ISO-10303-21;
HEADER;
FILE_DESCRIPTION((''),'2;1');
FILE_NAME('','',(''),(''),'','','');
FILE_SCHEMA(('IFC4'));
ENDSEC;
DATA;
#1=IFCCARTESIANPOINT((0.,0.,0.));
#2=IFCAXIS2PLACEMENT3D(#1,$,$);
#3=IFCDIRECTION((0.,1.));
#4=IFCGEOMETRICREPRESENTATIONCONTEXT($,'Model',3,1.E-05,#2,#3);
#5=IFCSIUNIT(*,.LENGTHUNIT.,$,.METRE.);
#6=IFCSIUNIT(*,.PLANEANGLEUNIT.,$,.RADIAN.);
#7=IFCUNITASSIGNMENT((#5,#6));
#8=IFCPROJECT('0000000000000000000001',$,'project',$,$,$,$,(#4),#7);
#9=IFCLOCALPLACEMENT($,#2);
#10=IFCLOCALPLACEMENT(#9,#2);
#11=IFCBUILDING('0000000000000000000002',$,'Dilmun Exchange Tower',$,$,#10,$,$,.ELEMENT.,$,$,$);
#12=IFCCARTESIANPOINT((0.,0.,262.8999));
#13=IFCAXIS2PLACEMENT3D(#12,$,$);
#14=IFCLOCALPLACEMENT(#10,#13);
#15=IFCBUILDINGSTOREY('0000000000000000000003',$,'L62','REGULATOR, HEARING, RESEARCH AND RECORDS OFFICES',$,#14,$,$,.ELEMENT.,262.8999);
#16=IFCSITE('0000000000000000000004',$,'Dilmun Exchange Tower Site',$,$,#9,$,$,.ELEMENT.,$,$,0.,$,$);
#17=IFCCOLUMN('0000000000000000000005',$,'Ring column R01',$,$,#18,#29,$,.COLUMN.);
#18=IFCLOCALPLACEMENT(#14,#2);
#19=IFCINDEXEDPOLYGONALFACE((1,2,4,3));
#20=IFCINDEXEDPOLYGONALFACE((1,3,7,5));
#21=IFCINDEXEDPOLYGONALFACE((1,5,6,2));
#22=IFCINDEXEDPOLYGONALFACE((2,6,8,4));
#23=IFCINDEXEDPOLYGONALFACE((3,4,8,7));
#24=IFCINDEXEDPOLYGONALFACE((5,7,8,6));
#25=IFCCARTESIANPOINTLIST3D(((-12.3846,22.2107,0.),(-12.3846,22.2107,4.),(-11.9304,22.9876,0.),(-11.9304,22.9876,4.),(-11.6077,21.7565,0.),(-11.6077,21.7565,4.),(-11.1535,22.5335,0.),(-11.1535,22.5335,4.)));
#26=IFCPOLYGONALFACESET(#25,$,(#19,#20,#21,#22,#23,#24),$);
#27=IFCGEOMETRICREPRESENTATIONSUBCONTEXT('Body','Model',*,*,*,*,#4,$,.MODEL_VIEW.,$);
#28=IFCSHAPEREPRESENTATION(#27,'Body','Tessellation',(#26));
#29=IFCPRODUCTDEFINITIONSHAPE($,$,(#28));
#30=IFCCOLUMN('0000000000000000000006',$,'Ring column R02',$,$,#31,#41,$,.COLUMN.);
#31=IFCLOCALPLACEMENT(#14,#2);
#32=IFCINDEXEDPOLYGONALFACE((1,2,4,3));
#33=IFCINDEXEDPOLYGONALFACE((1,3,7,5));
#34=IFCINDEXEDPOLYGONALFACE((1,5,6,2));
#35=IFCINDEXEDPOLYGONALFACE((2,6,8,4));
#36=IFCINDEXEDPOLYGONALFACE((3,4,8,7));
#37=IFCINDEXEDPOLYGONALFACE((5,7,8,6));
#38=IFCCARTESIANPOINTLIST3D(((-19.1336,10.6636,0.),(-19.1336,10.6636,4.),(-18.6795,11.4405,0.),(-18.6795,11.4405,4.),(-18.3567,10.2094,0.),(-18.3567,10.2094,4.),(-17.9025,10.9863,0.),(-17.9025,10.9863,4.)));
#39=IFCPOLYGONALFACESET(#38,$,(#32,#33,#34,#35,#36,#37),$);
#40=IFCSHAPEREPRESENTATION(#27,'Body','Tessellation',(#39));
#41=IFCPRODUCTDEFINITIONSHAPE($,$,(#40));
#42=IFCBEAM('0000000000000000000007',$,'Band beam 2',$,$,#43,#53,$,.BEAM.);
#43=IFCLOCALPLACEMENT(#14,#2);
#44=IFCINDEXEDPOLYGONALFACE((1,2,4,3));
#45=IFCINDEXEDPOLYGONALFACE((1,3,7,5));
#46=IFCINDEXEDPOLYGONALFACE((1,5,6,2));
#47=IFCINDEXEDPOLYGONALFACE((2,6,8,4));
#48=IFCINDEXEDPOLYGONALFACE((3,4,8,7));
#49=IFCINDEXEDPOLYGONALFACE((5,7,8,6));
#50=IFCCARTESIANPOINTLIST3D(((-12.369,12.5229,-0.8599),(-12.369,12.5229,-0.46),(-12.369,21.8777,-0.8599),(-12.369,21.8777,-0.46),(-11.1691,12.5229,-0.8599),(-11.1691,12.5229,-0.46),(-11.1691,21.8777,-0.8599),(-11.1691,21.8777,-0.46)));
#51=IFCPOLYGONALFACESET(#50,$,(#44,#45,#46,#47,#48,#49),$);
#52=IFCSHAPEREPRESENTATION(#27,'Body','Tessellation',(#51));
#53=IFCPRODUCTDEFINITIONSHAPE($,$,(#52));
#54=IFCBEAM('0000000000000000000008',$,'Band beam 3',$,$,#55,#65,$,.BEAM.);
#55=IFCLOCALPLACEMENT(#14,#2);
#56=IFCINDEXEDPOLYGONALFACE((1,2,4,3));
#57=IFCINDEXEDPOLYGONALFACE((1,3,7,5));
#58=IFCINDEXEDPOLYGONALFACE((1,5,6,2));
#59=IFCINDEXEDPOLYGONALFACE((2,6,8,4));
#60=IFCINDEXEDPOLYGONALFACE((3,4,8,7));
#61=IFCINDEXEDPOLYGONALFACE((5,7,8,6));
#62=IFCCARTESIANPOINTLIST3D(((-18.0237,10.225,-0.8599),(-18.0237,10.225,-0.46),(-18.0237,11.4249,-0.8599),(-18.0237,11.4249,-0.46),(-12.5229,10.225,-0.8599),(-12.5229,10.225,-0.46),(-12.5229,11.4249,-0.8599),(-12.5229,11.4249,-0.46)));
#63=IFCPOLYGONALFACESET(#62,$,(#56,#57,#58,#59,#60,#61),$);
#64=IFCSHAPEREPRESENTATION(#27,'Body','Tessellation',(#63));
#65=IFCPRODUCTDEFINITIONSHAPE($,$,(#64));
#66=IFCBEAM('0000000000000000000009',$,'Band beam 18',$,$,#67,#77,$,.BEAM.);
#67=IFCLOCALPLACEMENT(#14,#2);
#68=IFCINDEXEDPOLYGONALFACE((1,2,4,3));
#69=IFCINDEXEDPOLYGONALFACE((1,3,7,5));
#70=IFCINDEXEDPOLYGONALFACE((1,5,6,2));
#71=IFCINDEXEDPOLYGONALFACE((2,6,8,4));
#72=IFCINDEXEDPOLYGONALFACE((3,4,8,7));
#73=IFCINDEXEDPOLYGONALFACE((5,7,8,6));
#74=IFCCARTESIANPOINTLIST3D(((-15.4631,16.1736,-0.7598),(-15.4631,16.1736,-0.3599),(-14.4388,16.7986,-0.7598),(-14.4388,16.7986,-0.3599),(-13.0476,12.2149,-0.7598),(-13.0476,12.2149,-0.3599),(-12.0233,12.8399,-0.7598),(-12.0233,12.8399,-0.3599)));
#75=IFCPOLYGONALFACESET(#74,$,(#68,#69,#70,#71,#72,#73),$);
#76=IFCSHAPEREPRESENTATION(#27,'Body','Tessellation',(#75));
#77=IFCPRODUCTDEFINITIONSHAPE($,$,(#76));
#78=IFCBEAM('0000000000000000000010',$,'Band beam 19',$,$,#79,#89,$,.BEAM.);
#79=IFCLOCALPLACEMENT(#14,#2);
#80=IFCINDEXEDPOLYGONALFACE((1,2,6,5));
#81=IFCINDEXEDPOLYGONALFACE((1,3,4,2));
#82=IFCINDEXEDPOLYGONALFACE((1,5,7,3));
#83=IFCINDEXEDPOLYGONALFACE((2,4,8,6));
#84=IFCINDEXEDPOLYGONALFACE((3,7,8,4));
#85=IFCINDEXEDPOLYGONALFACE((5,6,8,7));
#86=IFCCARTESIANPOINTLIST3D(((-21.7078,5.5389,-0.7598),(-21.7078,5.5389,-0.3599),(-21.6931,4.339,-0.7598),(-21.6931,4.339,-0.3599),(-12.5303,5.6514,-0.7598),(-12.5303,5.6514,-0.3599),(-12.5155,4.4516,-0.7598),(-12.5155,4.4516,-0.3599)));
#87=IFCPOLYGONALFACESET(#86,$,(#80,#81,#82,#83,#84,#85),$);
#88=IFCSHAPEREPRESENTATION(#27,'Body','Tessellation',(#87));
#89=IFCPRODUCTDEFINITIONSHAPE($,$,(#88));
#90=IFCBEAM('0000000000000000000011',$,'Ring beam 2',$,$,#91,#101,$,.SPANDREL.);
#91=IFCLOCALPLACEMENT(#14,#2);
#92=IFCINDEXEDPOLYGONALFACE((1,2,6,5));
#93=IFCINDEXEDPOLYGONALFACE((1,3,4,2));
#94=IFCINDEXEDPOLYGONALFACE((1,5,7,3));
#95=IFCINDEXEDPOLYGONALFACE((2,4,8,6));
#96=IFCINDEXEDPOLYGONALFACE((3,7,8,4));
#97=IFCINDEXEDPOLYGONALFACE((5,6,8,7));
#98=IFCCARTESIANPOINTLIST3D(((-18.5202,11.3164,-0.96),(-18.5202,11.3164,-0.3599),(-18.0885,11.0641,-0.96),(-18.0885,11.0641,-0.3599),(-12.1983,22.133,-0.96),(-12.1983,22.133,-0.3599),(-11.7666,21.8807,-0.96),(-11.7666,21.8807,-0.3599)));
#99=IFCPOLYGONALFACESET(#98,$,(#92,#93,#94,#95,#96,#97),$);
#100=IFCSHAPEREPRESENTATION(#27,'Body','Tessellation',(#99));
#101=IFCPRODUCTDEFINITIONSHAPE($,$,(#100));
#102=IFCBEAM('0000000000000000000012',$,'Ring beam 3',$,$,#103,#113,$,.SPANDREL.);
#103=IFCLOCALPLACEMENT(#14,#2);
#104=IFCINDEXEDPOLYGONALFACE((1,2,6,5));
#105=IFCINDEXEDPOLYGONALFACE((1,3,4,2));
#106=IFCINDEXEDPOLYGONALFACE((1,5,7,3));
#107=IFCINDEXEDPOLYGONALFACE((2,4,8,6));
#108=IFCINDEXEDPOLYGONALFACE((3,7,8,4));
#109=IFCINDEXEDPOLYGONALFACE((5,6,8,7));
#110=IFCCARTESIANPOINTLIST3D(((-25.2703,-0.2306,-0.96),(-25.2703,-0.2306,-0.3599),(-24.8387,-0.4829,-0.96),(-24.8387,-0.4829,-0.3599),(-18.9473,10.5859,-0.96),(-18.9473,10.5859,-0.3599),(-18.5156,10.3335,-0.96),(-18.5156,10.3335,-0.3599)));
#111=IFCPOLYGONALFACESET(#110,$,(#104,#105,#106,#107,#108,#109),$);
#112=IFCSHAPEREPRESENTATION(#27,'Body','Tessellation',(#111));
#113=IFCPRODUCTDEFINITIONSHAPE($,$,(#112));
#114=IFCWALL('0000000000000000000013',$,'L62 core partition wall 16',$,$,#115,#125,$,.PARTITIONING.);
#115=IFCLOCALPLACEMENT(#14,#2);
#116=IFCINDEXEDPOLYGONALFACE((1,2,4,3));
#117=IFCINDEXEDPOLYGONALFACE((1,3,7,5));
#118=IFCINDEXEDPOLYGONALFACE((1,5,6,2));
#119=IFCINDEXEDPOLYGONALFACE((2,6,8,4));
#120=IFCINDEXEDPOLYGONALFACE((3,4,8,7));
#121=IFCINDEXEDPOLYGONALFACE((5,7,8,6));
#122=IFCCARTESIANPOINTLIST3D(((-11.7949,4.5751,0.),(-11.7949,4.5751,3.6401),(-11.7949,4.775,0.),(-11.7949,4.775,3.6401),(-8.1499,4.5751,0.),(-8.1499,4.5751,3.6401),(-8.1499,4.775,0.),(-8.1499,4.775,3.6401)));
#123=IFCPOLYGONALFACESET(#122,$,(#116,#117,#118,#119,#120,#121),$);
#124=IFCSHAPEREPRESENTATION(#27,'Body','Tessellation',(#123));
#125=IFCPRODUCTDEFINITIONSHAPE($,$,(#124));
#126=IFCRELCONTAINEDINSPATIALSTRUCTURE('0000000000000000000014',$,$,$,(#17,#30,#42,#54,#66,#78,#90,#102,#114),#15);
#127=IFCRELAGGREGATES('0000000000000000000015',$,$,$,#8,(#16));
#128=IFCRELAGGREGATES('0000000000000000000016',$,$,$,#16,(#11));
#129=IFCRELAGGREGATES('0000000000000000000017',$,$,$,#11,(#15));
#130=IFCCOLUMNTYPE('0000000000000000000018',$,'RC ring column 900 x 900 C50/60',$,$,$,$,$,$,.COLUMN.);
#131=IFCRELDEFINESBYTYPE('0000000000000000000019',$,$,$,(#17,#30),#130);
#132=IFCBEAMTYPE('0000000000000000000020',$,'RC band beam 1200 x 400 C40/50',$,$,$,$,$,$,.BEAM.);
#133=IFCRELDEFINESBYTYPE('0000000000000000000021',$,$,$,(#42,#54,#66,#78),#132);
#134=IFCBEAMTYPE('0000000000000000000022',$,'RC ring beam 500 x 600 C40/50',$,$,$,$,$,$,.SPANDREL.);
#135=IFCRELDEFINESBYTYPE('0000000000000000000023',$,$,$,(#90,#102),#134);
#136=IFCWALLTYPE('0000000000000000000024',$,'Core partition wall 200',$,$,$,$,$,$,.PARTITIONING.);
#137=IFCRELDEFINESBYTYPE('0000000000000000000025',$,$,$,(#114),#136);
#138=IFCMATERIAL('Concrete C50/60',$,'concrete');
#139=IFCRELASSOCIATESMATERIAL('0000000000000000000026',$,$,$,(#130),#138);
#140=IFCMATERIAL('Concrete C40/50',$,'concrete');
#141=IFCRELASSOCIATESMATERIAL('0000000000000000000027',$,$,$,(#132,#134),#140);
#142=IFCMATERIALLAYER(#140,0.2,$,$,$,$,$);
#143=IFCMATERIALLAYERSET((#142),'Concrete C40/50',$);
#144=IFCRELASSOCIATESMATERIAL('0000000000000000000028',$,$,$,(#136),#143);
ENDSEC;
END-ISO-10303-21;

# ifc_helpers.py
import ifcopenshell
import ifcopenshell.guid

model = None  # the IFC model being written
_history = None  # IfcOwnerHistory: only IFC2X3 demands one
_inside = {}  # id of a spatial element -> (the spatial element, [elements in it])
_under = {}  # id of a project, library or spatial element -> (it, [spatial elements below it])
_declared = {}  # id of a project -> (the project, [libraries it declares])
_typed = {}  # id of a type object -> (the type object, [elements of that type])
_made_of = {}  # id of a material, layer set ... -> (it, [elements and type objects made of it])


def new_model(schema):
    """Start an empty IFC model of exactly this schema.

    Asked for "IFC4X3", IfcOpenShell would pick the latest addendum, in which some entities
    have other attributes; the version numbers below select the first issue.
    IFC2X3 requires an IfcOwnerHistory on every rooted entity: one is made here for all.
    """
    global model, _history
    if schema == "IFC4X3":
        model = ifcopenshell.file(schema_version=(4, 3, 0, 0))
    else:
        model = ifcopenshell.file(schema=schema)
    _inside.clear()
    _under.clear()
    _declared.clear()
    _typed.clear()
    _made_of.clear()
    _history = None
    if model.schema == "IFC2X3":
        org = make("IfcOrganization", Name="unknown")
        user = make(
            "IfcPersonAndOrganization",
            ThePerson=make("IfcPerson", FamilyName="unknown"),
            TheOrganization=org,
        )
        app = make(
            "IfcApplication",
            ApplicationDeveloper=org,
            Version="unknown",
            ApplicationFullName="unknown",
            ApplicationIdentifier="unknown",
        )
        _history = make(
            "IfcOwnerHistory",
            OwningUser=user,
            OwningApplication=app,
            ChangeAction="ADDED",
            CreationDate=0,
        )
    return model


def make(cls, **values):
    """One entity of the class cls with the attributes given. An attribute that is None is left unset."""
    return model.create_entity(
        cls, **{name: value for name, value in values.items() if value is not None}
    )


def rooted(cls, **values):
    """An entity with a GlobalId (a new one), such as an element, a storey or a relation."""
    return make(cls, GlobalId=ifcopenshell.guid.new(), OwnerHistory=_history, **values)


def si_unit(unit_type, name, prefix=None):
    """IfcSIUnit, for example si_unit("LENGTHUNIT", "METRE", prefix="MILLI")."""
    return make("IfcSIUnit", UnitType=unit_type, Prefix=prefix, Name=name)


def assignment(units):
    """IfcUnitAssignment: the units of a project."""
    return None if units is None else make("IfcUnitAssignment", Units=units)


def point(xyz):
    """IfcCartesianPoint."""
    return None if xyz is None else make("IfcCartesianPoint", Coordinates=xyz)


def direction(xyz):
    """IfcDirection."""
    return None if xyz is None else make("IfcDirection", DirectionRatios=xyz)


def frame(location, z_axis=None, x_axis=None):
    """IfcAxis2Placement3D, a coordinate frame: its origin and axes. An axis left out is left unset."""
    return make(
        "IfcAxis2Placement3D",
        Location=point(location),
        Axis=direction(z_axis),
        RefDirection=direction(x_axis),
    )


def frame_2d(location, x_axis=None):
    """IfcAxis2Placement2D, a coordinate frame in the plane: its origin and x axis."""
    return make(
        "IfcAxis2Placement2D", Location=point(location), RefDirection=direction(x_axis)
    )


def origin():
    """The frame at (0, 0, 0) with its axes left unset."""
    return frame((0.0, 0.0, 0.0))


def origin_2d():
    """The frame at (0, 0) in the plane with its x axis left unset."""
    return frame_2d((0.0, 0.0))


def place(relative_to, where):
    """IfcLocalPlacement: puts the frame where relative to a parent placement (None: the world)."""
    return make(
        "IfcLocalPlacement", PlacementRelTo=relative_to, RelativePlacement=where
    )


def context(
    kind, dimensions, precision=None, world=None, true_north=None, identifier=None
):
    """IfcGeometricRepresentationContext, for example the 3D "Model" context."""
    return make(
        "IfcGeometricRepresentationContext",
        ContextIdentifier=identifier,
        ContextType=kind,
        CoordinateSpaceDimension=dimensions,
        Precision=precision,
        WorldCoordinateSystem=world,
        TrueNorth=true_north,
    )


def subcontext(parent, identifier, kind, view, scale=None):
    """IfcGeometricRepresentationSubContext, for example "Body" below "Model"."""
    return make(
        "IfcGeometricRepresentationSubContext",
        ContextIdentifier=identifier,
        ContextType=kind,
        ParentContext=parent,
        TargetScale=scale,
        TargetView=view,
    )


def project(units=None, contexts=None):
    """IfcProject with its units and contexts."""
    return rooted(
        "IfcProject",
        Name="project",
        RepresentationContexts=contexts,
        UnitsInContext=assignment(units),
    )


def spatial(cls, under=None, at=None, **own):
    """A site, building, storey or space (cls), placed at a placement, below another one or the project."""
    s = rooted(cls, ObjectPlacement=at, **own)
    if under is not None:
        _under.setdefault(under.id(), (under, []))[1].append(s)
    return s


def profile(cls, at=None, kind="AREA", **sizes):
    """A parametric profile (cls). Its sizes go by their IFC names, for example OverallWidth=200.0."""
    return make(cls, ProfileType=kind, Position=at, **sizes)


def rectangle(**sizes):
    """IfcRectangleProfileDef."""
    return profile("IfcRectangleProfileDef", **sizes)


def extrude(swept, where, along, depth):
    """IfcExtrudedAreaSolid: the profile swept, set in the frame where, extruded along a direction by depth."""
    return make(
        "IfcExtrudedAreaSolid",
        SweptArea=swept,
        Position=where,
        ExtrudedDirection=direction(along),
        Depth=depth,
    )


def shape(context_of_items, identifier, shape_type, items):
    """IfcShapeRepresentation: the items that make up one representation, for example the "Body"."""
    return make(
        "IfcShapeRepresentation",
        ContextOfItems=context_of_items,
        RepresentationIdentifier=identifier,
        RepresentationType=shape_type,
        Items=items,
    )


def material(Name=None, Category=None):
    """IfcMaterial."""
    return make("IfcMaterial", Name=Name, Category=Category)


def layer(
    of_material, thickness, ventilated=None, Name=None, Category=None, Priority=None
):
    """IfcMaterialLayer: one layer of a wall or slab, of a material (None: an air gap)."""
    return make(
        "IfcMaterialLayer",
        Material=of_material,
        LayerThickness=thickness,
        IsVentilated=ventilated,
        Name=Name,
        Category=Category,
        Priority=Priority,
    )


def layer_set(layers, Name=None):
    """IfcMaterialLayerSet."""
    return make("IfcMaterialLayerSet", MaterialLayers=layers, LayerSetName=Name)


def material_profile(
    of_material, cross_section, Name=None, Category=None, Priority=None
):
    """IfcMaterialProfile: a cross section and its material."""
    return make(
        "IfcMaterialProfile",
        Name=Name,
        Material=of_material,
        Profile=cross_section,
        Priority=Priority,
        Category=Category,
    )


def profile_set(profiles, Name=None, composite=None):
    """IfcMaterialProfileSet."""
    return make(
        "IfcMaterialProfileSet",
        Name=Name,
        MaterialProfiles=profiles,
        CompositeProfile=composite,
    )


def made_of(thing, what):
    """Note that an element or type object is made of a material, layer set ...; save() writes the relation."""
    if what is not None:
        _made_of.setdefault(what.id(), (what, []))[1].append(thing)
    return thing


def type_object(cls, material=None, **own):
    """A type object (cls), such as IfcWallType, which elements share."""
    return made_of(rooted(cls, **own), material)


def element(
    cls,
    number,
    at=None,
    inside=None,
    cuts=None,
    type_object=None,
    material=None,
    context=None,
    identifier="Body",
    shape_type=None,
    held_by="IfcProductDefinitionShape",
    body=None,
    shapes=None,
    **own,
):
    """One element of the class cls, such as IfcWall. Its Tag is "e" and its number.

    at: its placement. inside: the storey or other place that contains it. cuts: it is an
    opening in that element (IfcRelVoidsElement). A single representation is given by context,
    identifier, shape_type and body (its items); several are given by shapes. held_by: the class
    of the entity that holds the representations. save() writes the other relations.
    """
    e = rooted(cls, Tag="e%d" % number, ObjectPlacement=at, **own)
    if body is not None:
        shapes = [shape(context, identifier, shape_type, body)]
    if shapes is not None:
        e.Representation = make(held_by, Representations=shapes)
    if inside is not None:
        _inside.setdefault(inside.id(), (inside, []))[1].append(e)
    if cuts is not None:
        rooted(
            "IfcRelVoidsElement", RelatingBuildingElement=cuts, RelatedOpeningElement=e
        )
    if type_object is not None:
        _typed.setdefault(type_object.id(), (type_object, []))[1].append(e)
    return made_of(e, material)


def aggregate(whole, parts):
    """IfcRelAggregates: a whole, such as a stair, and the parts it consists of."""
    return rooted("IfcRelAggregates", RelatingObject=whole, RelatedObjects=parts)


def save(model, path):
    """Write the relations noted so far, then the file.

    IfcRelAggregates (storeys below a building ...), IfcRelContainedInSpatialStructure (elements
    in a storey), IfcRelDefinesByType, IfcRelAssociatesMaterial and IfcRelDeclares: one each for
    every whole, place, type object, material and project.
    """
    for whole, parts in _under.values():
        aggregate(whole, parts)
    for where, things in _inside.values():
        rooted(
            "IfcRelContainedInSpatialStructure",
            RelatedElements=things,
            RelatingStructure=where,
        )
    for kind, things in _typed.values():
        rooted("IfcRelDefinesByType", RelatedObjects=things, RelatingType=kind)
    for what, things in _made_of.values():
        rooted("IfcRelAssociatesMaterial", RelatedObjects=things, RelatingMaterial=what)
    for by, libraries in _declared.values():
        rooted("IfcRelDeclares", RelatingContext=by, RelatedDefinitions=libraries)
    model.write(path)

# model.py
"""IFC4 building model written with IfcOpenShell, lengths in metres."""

from ifc_helpers import new_model, si_unit, direction, frame, frame_2d, origin, origin_2d, place, context, subcontext, project, spatial, rectangle, extrude, material, layer, layer_set, material_profile, profile_set, type_object, element, save


model = new_model("IFC4")

# Units and contexts
model_context = context("Model", 3, precision=1e-05, world=origin(), true_north=direction((0.0, 1.0)))
body_context = subcontext(model_context, "Body", "Model", "MODEL_VIEW")
ifc_project = project(units=[si_unit("LENGTHUNIT", "METRE"), si_unit("PLANEANGLEUNIT", "RADIAN")], contexts=[model_context])

# Site, building, storey
site_placement = place(None, origin())
site = spatial("IfcSite", under=ifc_project, at=site_placement, Name="Dilmun Exchange Tower Site", CompositionType="ELEMENT", RefElevation=0.0)
building_placement = place(site_placement, origin())
building = spatial("IfcBuilding", under=site, at=building_placement, Name="Dilmun Exchange Tower", CompositionType="ELEMENT")
storey_placement = place(building_placement, frame((0.0, 0.0, 262.8999)))
storey = spatial("IfcBuildingStorey", under=building, at=storey_placement, Name="L62", Description="REGULATOR, HEARING, RESEARCH AND RECORDS OFFICES", CompositionType="ELEMENT", Elevation=262.8999)

# Columns
ifc_material_1 = material(Name="Concrete C50/60", Category="concrete")
ifc_material_profile_1 = material_profile(ifc_material_1, rectangle(XDim=0.8999, YDim=0.8999, at=origin_2d()), Name="900 x 900")
ifc_profile_set_1 = profile_set([ifc_material_profile_1], Name="Concrete C50/60")
column_type = type_object("IfcColumnType", Name="RC ring column 900 x 900 C50/60", PredefinedType="COLUMN", material=ifc_profile_set_1)
for number, where, z_axis, x_axis, name in (
    (1, (-11.769, 22.3721, 0.0), (0.0, 0.0, 1.0), (0.504644, 0.863328, 0.0), "Ring column R01"),
    (2, (-18.5181, 10.825, 0.0), (0.0, 0.0, 1.0), (0.504644, 0.863328, 0.0), "Ring column R02"),
):
    element("IfcColumn", number, at=place(storey_placement, frame(where, z_axis=z_axis, x_axis=x_axis)), inside=storey, type_object=column_type, Name=name, PredefinedType="COLUMN", context=body_context, shape_type="SweptSolid", body=[
        extrude(rectangle(XDim=0.8999, YDim=0.8999, at=origin_2d()), origin(), (0.0, 0.0, 1.0), 4.0),
    ])

# Beams
ifc_material_2 = material(Name="Concrete C40/50", Category="concrete")
ifc_material_profile_2 = material_profile(ifc_material_2, rectangle(XDim=1.2, YDim=0.3999, at=origin_2d()), Name="1200 x 400")
ifc_profile_set_2 = profile_set([ifc_material_profile_2], Name="Concrete C40/50")
beam_type_1 = type_object("IfcBeamType", Name="RC band beam 1200 x 400 C40/50", PredefinedType="BEAM", material=ifc_profile_set_2)
beam_1_placement = place(storey_placement, frame((-11.769, 21.8777, -0.6599), z_axis=(0.0, -1.0, 0.0), x_axis=(1.0, 0.0, 0.0)))
element("IfcBeam", 3, at=beam_1_placement, inside=storey, type_object=beam_type_1, Name="Band beam 2", PredefinedType="BEAM", context=body_context, shape_type="SweptSolid", body=[
    extrude(rectangle(XDim=1.2, YDim=0.3999, at=origin_2d()), origin(), (0.0, 0.0, 1.0), 9.3547),
])
beam_2_placement = place(storey_placement, frame((-18.0237, 10.825, -0.6599), z_axis=(1.0, 0.0, 0.0), x_axis=(0.0, 1.0, 0.0)))
element("IfcBeam", 4, at=beam_2_placement, inside=storey, type_object=beam_type_1, Name="Band beam 3", PredefinedType="BEAM", context=body_context, shape_type="SweptSolid", body=[
    extrude(rectangle(XDim=1.2, YDim=0.3999, at=origin_2d()), origin(), (0.0, 0.0, 1.0), 5.5007),
])
beam_3_placement = place(storey_placement, frame((-14.9509, 16.4861, -0.5598), z_axis=(0.520869, -0.853637, 0.0), x_axis=(0.853637, 0.520869, 0.0)))
element("IfcBeam", 5, at=beam_3_placement, inside=storey, type_object=beam_type_1, Name="Band beam 18", PredefinedType="BEAM", context=body_context, shape_type="SweptSolid", body=[
    extrude(rectangle(XDim=1.2, YDim=0.3999, at=origin_2d()), origin(), (0.0, 0.0, 1.0), 4.6375),
])
beam_4_placement = place(storey_placement, frame((-21.7004, 4.939, -0.5598), z_axis=(0.999925, 0.012263, 0.0), x_axis=(-0.012263, 0.999925, 0.0)))
element("IfcBeam", 6, at=beam_4_placement, inside=storey, type_object=beam_type_1, Name="Band beam 19", PredefinedType="BEAM", context=body_context, shape_type="SweptSolid", body=[
    extrude(rectangle(XDim=1.2, YDim=0.3999, at=origin_2d()), origin(), (0.0, 0.0, 1.0), 9.1782),
])
ifc_material_profile_3 = material_profile(ifc_material_2, rectangle(XDim=0.5, YDim=0.6001, at=origin_2d()), Name="500 x 600")
ifc_profile_set_3 = profile_set([ifc_material_profile_3], Name="Concrete C40/50")
beam_type_2 = type_object("IfcBeamType", Name="RC ring beam 500 x 600 C40/50", PredefinedType="SPANDREL", material=ifc_profile_set_3)
beam_5_placement = place(storey_placement, frame((-11.9824, 22.0068, -0.6599), z_axis=(-0.504604, -0.863351, 0.0), x_axis=(0.863351, -0.504604, 0.0)))
element("IfcBeam", 7, at=beam_5_placement, inside=storey, type_object=beam_type_2, Name="Ring beam 2", PredefinedType="SPANDREL", context=body_context, shape_type="SweptSolid", body=[
    extrude(rectangle(XDim=0.5, YDim=0.6001, at=origin_2d()), origin(), (0.0, 0.0, 1.0), 12.5286),
])
beam_6_placement = place(storey_placement, frame((-18.7314, 10.4597, -0.6599), z_axis=(-0.50467, -0.863312, 0.0), x_axis=(0.863312, -0.50467, 0.0)))
element("IfcBeam", 8, at=beam_6_placement, inside=storey, type_object=beam_type_2, Name="Ring beam 3", PredefinedType="SPANDREL", context=body_context, shape_type="SweptSolid", body=[
    extrude(rectangle(XDim=0.5, YDim=0.6001, at=origin_2d()), origin(), (0.0, 0.0, 1.0), 12.5291),
])

# Wall
ifc_layer_1 = layer(ifc_material_2, 0.2)
ifc_layer_set_1 = layer_set([ifc_layer_1], Name="Concrete C40/50")
wall_type_1 = type_object("IfcWallType", Name="Core partition wall 200", PredefinedType="PARTITIONING", material=ifc_layer_set_1)
wall_1_placement = place(storey_placement, frame((-11.7949, 4.675, 0.0), z_axis=(0.0, 0.0, 1.0), x_axis=(1.0, 0.0, 0.0)))
element("IfcWall", 9, at=wall_1_placement, inside=storey, type_object=wall_type_1, Name="L62 core partition wall 16", PredefinedType="PARTITIONING", context=body_context, shape_type="SweptSolid", body=[
    extrude(rectangle(XDim=3.645, YDim=0.2, at=frame_2d((1.8225, 0.0))), origin(), (0.0, 0.0, 1.0), 3.6401),
])

save(model, "model.ifc")
